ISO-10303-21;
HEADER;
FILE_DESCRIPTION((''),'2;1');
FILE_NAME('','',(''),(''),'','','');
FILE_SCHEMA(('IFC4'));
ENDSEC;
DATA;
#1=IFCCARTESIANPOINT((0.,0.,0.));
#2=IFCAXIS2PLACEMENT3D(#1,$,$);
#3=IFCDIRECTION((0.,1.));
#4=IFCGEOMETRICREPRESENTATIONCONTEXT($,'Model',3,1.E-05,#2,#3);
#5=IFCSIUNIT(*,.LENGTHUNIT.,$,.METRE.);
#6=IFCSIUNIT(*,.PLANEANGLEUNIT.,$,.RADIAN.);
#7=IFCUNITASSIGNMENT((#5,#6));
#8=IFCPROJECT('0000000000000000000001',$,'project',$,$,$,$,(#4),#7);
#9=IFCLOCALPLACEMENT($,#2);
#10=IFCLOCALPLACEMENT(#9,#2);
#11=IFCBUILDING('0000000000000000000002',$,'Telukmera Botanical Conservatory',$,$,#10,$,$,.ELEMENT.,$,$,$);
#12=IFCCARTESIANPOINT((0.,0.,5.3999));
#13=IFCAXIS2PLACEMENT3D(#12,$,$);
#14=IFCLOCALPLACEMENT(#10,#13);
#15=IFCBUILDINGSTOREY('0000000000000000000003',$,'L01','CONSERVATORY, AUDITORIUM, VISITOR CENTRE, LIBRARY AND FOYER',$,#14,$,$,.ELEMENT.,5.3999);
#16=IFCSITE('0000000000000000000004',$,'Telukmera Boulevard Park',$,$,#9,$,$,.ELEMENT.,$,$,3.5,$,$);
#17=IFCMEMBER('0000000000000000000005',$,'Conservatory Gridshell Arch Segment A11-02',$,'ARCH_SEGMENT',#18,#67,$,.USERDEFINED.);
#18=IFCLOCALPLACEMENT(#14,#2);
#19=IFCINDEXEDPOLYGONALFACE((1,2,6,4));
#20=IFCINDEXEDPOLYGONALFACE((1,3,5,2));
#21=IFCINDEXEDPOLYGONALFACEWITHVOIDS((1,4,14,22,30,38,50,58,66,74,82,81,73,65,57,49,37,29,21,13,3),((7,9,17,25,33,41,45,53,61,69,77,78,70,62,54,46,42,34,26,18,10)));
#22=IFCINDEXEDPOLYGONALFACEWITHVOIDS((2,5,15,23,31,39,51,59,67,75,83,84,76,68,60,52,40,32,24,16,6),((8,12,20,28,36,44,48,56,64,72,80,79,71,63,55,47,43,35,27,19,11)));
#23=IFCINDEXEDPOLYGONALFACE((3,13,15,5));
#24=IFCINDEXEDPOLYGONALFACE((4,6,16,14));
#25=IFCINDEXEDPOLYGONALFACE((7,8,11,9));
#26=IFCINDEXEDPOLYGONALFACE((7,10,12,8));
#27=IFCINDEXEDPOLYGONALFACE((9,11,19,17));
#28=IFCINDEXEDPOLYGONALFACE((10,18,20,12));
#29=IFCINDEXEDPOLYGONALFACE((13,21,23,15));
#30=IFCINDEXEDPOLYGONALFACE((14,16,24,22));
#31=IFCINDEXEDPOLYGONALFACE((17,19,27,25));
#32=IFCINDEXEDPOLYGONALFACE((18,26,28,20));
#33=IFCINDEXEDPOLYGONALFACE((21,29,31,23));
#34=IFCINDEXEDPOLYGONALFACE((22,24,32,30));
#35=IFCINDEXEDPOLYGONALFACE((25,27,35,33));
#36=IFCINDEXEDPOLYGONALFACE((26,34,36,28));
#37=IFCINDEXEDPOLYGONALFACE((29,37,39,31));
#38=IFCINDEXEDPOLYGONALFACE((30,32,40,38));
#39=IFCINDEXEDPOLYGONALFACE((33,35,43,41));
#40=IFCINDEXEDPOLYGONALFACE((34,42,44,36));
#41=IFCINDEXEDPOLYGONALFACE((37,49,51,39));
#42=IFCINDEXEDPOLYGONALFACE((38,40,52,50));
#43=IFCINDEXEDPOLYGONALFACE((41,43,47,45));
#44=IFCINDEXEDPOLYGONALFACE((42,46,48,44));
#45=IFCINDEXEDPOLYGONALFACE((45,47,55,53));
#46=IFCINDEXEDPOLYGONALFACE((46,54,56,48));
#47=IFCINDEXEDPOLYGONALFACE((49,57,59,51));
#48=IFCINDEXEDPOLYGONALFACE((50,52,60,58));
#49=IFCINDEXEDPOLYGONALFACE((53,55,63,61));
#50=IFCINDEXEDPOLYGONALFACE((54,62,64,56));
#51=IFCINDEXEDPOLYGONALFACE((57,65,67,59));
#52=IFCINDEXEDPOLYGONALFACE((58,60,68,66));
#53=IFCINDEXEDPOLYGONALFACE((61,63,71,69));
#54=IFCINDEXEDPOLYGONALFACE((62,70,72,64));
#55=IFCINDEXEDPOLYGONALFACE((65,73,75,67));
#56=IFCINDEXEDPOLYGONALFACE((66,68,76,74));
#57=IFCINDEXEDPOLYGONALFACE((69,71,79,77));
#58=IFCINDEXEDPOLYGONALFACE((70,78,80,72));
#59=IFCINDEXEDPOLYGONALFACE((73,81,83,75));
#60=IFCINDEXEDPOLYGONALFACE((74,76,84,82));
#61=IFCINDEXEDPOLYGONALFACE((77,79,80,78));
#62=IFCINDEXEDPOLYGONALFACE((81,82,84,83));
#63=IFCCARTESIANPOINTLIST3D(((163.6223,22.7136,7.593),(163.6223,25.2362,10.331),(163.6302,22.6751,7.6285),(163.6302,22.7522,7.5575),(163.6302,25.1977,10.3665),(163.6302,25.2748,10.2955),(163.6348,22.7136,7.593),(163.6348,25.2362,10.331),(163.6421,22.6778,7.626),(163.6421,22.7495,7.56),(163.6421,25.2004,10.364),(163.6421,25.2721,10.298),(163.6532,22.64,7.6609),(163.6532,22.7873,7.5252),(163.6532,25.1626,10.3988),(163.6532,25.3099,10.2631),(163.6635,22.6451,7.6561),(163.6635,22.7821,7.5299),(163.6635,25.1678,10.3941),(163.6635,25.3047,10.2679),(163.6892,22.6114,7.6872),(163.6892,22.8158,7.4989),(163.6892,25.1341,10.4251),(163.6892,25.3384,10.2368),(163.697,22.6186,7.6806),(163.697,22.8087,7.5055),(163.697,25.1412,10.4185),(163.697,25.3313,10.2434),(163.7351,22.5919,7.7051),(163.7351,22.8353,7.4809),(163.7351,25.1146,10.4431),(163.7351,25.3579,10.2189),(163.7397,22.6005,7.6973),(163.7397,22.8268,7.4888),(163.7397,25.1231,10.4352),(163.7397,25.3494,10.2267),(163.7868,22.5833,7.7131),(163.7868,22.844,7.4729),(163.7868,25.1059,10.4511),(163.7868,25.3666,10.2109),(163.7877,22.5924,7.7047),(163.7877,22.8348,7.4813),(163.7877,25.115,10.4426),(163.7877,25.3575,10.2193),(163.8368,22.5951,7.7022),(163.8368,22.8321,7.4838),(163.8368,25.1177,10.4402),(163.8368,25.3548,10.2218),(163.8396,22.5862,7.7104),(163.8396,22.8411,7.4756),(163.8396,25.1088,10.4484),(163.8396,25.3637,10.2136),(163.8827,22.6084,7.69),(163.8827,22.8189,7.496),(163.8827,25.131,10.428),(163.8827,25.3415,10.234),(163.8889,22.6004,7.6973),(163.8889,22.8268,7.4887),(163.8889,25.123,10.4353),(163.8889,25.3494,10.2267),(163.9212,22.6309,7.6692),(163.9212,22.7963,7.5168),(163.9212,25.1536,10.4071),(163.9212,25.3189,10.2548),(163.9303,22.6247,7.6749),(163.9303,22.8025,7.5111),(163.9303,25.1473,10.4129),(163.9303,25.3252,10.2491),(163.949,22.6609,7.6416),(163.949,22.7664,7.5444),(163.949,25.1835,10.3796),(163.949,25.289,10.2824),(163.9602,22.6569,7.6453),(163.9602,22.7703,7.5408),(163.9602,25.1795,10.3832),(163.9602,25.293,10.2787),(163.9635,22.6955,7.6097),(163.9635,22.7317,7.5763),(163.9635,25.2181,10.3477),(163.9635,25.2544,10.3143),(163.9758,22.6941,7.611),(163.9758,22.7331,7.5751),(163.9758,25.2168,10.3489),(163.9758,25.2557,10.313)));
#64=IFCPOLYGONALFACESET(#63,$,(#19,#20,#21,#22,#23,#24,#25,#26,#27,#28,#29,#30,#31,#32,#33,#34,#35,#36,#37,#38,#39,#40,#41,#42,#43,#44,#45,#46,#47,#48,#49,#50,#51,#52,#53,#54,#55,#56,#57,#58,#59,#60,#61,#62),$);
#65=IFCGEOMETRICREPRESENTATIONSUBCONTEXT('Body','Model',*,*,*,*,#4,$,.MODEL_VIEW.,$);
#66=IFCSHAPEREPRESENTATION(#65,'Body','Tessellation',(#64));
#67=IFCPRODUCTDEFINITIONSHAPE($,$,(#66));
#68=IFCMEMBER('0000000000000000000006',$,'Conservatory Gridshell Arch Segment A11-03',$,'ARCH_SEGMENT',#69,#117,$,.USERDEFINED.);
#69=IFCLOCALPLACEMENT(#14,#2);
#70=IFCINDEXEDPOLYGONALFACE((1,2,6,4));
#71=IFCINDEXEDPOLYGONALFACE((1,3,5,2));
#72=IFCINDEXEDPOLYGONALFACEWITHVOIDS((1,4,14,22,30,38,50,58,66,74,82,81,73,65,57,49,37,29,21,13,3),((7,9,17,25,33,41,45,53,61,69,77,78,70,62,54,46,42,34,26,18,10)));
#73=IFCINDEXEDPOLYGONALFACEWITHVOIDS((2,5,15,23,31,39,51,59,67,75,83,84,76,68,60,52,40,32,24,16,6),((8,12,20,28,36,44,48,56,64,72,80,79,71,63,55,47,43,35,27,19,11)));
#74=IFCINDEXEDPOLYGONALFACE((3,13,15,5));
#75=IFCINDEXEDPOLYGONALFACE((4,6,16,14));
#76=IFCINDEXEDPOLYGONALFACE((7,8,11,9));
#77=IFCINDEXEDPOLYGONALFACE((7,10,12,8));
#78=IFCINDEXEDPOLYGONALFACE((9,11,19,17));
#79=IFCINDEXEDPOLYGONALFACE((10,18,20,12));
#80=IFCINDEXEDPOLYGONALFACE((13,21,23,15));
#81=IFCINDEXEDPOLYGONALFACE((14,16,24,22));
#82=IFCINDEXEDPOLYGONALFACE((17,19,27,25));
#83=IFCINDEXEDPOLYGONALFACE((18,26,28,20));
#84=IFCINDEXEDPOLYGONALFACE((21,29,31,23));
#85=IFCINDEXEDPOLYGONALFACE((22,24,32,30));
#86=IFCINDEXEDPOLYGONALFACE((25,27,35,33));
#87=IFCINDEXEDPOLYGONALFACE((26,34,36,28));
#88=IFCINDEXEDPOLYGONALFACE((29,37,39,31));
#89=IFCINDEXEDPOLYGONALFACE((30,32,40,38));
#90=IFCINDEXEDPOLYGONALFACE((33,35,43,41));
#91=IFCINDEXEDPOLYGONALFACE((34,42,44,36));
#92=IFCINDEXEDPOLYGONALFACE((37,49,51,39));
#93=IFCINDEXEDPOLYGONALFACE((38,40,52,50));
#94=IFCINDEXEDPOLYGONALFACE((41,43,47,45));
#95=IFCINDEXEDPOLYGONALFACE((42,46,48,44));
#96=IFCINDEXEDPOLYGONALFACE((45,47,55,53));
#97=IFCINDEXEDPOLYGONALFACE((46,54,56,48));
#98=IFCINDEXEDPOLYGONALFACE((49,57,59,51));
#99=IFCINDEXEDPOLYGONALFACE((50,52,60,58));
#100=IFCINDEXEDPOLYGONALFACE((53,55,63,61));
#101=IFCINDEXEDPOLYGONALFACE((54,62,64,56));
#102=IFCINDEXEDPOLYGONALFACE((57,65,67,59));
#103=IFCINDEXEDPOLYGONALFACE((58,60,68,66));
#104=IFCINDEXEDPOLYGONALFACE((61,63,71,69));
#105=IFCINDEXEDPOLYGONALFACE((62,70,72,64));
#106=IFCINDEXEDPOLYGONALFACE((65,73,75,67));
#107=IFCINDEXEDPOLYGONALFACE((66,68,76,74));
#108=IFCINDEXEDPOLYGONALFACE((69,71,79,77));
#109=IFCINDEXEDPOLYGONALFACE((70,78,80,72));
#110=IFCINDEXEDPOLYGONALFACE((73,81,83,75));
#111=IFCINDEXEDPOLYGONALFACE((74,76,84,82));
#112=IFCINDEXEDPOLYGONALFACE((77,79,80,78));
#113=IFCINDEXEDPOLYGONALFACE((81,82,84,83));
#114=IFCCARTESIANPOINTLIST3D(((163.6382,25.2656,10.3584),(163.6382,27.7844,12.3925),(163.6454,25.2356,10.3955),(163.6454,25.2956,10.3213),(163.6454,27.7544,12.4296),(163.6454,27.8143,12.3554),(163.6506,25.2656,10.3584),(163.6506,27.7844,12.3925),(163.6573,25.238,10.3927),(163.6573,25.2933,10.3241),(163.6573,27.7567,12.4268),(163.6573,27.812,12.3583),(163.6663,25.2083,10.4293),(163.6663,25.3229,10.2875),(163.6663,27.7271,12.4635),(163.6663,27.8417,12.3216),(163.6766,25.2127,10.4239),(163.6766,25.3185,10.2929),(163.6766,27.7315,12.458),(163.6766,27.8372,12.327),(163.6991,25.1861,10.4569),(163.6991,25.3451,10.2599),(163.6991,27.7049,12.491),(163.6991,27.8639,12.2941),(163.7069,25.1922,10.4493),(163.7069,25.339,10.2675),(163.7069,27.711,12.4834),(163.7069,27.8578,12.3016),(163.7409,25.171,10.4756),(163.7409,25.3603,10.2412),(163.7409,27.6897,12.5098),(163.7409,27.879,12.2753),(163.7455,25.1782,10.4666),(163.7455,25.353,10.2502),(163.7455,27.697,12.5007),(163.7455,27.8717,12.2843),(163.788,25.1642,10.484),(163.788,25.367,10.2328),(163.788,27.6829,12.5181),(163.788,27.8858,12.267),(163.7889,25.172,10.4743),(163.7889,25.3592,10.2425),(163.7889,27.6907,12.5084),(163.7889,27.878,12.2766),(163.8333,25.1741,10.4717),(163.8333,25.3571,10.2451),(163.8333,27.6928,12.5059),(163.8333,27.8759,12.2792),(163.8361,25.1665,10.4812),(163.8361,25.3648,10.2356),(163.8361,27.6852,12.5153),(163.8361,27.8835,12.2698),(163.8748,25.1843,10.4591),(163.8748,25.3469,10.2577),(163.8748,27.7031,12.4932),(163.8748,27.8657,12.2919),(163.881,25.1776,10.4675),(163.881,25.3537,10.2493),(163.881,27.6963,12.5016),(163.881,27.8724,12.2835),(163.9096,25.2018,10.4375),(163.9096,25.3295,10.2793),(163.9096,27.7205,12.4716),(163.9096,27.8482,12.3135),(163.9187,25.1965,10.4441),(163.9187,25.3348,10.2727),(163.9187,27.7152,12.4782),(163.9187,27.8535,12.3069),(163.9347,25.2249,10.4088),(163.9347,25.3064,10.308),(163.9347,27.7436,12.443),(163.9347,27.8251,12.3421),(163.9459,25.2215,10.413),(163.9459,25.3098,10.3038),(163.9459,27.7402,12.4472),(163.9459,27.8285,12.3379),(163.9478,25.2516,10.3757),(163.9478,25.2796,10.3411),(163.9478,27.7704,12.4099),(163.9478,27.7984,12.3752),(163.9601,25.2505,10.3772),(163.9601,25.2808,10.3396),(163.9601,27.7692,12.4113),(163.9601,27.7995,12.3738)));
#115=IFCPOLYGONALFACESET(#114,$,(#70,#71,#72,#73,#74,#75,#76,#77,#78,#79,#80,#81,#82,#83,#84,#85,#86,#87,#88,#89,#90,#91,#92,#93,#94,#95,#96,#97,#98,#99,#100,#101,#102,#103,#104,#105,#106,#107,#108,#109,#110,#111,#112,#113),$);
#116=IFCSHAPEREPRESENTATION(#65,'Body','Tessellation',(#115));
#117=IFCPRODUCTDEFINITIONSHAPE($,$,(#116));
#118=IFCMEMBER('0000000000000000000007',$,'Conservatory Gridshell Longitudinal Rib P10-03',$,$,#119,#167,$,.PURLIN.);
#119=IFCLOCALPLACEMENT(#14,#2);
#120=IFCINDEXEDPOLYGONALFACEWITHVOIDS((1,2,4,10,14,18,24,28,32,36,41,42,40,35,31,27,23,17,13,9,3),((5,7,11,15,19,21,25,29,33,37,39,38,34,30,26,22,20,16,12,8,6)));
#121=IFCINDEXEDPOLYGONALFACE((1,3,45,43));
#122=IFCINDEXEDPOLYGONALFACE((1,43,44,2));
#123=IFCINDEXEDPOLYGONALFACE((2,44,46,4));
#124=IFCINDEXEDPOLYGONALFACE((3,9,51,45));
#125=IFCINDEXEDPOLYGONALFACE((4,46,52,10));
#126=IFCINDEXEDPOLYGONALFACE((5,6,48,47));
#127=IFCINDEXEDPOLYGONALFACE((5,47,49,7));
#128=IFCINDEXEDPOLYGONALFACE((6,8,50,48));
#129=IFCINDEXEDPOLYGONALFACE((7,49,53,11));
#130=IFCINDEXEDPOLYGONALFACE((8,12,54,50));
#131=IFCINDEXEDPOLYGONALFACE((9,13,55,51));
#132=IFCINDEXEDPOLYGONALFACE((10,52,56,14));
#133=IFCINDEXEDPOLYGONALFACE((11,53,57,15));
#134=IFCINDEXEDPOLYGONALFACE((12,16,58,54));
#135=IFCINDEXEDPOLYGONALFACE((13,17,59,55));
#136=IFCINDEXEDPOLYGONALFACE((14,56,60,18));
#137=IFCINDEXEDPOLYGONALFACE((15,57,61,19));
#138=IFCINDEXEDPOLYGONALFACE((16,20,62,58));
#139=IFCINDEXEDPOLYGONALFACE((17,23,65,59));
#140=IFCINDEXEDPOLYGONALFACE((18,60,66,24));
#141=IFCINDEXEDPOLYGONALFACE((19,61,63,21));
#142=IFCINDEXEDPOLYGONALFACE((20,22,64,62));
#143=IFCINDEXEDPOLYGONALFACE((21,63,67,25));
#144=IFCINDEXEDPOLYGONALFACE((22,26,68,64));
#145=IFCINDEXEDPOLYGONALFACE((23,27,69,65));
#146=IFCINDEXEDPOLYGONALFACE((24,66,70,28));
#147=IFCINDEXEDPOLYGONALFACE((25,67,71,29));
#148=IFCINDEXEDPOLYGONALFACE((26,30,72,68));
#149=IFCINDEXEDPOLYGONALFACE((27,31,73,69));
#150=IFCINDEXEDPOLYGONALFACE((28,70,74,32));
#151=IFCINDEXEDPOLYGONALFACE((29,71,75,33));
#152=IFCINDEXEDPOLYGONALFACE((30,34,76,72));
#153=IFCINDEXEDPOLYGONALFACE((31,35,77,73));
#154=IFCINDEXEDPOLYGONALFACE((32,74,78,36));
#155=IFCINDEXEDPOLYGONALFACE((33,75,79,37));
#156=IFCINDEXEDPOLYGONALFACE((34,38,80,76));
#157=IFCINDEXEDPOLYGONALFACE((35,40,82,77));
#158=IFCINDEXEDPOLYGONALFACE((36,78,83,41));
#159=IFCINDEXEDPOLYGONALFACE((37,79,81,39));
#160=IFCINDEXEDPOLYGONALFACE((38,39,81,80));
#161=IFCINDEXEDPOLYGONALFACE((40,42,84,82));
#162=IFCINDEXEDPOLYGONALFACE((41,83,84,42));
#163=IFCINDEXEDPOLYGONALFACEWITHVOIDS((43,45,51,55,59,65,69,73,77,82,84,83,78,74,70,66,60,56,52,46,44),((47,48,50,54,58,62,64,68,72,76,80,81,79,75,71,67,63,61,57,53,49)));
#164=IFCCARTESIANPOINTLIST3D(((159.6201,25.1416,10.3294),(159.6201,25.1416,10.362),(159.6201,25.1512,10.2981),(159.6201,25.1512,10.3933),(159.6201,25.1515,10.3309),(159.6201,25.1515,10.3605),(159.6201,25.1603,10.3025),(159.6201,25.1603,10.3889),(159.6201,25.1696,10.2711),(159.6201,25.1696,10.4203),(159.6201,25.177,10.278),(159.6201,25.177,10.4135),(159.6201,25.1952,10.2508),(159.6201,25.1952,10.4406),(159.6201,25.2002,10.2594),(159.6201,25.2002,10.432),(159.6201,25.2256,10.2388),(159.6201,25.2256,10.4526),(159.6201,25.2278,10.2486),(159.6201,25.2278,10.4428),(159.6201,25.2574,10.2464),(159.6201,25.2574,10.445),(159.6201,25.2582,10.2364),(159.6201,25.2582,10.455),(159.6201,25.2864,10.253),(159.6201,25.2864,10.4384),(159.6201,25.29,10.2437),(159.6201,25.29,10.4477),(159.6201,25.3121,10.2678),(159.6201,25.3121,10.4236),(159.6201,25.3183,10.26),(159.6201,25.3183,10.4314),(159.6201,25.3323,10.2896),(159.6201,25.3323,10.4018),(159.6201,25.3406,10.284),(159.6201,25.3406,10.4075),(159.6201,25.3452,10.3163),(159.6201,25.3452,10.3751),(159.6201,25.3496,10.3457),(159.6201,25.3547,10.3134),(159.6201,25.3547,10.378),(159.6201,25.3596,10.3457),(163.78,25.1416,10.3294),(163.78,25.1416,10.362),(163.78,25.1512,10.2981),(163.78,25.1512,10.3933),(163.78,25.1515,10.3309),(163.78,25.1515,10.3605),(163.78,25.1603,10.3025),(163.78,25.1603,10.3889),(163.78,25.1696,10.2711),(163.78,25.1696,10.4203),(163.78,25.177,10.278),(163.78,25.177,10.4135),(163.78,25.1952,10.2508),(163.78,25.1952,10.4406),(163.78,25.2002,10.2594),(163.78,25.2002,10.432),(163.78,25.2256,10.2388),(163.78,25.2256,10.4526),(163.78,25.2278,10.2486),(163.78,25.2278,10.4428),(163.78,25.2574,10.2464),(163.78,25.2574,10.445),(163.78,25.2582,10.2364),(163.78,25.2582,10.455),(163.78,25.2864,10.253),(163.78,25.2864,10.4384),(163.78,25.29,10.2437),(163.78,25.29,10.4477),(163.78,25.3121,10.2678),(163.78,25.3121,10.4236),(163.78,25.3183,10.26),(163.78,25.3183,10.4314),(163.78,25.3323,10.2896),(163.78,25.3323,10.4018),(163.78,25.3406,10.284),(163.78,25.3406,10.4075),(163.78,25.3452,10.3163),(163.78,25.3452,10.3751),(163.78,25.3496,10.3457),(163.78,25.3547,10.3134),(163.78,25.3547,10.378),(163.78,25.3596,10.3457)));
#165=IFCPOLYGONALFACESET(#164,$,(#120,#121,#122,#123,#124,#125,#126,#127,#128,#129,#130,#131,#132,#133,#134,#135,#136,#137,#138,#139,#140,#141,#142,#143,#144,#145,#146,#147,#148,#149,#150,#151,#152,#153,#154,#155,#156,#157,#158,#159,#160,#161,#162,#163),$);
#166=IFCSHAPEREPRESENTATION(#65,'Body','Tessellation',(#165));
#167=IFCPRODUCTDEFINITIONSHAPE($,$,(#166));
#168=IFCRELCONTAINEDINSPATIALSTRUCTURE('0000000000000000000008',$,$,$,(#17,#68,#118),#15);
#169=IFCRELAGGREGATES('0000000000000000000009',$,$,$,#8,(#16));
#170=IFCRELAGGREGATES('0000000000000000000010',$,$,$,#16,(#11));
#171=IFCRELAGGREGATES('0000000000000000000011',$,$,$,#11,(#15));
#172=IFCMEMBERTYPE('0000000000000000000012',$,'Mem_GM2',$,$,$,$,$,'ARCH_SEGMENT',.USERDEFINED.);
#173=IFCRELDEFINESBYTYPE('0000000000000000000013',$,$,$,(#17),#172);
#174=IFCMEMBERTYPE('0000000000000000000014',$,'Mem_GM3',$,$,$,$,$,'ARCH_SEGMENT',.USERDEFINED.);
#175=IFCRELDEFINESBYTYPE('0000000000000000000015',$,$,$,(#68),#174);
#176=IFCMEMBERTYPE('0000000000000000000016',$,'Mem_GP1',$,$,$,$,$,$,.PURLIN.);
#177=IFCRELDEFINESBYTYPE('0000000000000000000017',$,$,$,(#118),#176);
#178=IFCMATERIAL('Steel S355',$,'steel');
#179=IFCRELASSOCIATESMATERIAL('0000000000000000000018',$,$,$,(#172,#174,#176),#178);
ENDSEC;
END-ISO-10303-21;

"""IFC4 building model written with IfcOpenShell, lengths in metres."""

from ifc_helpers import new_model, si_unit, direction, frame, origin, origin_2d, place, context, subcontext, project, spatial, hollow_circle, extrude, material, material_profile, profile_set, type_object, element, save


model = new_model("IFC4")

# Units and contexts
model_context = context("Model", 3, precision=1e-05, world=origin(), true_north=direction((0.0, 1.0)))
body_context = subcontext(model_context, "Body", "Model", "MODEL_VIEW")
ifc_project = project(units=[si_unit("LENGTHUNIT", "METRE"), si_unit("PLANEANGLEUNIT", "RADIAN")], contexts=[model_context])

# Site, building, storey
site_placement = place(None, origin())
site = spatial("IfcSite", under=ifc_project, at=site_placement, Name="Telukmera Boulevard Park", CompositionType="ELEMENT", RefElevation=3.5)
building_placement = place(site_placement, origin())
building = spatial("IfcBuilding", under=site, at=building_placement, Name="Telukmera Botanical Conservatory", CompositionType="ELEMENT")
storey_placement = place(building_placement, frame((0.0, 0.0, 5.3999)))
storey = spatial("IfcBuildingStorey", under=building, at=storey_placement, Name="L01", Description="CONSERVATORY, AUDITORIUM, VISITOR CENTRE, LIBRARY AND FOYER", CompositionType="ELEMENT", Elevation=5.3999)

# Shared definitions
ifc_material_1 = material(Name="Steel S355", Category="steel")

# Members
ifc_material_profile_1 = material_profile(ifc_material_1, hollow_circle(Radius=0.1777, WallThickness=0.0125, at=origin_2d()), Name="CHS 355.6x12.5")
ifc_profile_set_1 = profile_set([ifc_material_profile_1], Name="Steel S355")
member_type_1 = type_object("IfcMemberType", Name="Mem_GM2", ElementType="ARCH_SEGMENT", PredefinedType="USERDEFINED", material=ifc_profile_set_1)
member_1_placement = place(storey_placement, frame((163.8, 22.7136, 7.593), z_axis=(0.0, 0.677596, 0.735434), x_axis=(-1.0, 0.0, 0.0)))
element("IfcMember", 1, at=member_1_placement, inside=storey, type_object=member_type_1, Name="Conservatory Gridshell Arch Segment A11-02", ObjectType="ARCH_SEGMENT", PredefinedType="USERDEFINED", context=body_context, shape_type="SweptSolid", body=[
    extrude(hollow_circle(Radius=0.1777, WallThickness=0.0125, at=origin_2d()), origin(), (0.0, 0.0, 1.0), 3.7229),
])
ifc_material_profile_2 = material_profile(ifc_material_1, hollow_circle(Radius=0.1619, WallThickness=0.0125, at=origin_2d()), Name="CHS 323.9x12.5")
ifc_profile_set_2 = profile_set([ifc_material_profile_2], Name="Steel S355")
member_type_2 = type_object("IfcMemberType", Name="Mem_GM3", ElementType="ARCH_SEGMENT", PredefinedType="USERDEFINED", material=ifc_profile_set_2)
member_2_placement = place(storey_placement, frame((163.8, 25.2656, 10.3584), z_axis=(0.0, 0.777977, 0.628293), x_axis=(-1.0, 0.0, 0.0)))
element("IfcMember", 2, at=member_2_placement, inside=storey, type_object=member_type_2, Name="Conservatory Gridshell Arch Segment A11-03", ObjectType="ARCH_SEGMENT", PredefinedType="USERDEFINED", context=body_context, shape_type="SweptSolid", body=[
    extrude(hollow_circle(Radius=0.1619, WallThickness=0.0125, at=origin_2d()), origin(), (0.0, 0.0, 1.0), 3.2375),
])
ifc_material_profile_3 = material_profile(ifc_material_1, hollow_circle(Radius=0.1096, WallThickness=0.01, at=origin_2d()), Name="CHS 219.1x10.0")
ifc_profile_set_3 = profile_set([ifc_material_profile_3], Name="Steel S355")
member_type_3 = type_object("IfcMemberType", Name="Mem_GP1", PredefinedType="PURLIN", material=ifc_profile_set_3)
for number, where, z_axis, x_axis, name in (
    (3, (159.6201, 25.25, 10.3457), (1.0, 0.0, 0.0), (0.0, 1.0, 0.0), "Conservatory Gridshell Longitudinal Rib P10-03"),
):
    element("IfcMember", number, at=place(storey_placement, frame(where, z_axis=z_axis, x_axis=x_axis)), inside=storey, type_object=member_type_3, Name=name, PredefinedType="PURLIN", context=body_context, shape_type="SweptSolid", body=[
        extrude(hollow_circle(Radius=0.1096, WallThickness=0.01, at=origin_2d()), origin(), (0.0, 0.0, 1.0), 4.1599),
    ])

save(model, "model.ifc")
